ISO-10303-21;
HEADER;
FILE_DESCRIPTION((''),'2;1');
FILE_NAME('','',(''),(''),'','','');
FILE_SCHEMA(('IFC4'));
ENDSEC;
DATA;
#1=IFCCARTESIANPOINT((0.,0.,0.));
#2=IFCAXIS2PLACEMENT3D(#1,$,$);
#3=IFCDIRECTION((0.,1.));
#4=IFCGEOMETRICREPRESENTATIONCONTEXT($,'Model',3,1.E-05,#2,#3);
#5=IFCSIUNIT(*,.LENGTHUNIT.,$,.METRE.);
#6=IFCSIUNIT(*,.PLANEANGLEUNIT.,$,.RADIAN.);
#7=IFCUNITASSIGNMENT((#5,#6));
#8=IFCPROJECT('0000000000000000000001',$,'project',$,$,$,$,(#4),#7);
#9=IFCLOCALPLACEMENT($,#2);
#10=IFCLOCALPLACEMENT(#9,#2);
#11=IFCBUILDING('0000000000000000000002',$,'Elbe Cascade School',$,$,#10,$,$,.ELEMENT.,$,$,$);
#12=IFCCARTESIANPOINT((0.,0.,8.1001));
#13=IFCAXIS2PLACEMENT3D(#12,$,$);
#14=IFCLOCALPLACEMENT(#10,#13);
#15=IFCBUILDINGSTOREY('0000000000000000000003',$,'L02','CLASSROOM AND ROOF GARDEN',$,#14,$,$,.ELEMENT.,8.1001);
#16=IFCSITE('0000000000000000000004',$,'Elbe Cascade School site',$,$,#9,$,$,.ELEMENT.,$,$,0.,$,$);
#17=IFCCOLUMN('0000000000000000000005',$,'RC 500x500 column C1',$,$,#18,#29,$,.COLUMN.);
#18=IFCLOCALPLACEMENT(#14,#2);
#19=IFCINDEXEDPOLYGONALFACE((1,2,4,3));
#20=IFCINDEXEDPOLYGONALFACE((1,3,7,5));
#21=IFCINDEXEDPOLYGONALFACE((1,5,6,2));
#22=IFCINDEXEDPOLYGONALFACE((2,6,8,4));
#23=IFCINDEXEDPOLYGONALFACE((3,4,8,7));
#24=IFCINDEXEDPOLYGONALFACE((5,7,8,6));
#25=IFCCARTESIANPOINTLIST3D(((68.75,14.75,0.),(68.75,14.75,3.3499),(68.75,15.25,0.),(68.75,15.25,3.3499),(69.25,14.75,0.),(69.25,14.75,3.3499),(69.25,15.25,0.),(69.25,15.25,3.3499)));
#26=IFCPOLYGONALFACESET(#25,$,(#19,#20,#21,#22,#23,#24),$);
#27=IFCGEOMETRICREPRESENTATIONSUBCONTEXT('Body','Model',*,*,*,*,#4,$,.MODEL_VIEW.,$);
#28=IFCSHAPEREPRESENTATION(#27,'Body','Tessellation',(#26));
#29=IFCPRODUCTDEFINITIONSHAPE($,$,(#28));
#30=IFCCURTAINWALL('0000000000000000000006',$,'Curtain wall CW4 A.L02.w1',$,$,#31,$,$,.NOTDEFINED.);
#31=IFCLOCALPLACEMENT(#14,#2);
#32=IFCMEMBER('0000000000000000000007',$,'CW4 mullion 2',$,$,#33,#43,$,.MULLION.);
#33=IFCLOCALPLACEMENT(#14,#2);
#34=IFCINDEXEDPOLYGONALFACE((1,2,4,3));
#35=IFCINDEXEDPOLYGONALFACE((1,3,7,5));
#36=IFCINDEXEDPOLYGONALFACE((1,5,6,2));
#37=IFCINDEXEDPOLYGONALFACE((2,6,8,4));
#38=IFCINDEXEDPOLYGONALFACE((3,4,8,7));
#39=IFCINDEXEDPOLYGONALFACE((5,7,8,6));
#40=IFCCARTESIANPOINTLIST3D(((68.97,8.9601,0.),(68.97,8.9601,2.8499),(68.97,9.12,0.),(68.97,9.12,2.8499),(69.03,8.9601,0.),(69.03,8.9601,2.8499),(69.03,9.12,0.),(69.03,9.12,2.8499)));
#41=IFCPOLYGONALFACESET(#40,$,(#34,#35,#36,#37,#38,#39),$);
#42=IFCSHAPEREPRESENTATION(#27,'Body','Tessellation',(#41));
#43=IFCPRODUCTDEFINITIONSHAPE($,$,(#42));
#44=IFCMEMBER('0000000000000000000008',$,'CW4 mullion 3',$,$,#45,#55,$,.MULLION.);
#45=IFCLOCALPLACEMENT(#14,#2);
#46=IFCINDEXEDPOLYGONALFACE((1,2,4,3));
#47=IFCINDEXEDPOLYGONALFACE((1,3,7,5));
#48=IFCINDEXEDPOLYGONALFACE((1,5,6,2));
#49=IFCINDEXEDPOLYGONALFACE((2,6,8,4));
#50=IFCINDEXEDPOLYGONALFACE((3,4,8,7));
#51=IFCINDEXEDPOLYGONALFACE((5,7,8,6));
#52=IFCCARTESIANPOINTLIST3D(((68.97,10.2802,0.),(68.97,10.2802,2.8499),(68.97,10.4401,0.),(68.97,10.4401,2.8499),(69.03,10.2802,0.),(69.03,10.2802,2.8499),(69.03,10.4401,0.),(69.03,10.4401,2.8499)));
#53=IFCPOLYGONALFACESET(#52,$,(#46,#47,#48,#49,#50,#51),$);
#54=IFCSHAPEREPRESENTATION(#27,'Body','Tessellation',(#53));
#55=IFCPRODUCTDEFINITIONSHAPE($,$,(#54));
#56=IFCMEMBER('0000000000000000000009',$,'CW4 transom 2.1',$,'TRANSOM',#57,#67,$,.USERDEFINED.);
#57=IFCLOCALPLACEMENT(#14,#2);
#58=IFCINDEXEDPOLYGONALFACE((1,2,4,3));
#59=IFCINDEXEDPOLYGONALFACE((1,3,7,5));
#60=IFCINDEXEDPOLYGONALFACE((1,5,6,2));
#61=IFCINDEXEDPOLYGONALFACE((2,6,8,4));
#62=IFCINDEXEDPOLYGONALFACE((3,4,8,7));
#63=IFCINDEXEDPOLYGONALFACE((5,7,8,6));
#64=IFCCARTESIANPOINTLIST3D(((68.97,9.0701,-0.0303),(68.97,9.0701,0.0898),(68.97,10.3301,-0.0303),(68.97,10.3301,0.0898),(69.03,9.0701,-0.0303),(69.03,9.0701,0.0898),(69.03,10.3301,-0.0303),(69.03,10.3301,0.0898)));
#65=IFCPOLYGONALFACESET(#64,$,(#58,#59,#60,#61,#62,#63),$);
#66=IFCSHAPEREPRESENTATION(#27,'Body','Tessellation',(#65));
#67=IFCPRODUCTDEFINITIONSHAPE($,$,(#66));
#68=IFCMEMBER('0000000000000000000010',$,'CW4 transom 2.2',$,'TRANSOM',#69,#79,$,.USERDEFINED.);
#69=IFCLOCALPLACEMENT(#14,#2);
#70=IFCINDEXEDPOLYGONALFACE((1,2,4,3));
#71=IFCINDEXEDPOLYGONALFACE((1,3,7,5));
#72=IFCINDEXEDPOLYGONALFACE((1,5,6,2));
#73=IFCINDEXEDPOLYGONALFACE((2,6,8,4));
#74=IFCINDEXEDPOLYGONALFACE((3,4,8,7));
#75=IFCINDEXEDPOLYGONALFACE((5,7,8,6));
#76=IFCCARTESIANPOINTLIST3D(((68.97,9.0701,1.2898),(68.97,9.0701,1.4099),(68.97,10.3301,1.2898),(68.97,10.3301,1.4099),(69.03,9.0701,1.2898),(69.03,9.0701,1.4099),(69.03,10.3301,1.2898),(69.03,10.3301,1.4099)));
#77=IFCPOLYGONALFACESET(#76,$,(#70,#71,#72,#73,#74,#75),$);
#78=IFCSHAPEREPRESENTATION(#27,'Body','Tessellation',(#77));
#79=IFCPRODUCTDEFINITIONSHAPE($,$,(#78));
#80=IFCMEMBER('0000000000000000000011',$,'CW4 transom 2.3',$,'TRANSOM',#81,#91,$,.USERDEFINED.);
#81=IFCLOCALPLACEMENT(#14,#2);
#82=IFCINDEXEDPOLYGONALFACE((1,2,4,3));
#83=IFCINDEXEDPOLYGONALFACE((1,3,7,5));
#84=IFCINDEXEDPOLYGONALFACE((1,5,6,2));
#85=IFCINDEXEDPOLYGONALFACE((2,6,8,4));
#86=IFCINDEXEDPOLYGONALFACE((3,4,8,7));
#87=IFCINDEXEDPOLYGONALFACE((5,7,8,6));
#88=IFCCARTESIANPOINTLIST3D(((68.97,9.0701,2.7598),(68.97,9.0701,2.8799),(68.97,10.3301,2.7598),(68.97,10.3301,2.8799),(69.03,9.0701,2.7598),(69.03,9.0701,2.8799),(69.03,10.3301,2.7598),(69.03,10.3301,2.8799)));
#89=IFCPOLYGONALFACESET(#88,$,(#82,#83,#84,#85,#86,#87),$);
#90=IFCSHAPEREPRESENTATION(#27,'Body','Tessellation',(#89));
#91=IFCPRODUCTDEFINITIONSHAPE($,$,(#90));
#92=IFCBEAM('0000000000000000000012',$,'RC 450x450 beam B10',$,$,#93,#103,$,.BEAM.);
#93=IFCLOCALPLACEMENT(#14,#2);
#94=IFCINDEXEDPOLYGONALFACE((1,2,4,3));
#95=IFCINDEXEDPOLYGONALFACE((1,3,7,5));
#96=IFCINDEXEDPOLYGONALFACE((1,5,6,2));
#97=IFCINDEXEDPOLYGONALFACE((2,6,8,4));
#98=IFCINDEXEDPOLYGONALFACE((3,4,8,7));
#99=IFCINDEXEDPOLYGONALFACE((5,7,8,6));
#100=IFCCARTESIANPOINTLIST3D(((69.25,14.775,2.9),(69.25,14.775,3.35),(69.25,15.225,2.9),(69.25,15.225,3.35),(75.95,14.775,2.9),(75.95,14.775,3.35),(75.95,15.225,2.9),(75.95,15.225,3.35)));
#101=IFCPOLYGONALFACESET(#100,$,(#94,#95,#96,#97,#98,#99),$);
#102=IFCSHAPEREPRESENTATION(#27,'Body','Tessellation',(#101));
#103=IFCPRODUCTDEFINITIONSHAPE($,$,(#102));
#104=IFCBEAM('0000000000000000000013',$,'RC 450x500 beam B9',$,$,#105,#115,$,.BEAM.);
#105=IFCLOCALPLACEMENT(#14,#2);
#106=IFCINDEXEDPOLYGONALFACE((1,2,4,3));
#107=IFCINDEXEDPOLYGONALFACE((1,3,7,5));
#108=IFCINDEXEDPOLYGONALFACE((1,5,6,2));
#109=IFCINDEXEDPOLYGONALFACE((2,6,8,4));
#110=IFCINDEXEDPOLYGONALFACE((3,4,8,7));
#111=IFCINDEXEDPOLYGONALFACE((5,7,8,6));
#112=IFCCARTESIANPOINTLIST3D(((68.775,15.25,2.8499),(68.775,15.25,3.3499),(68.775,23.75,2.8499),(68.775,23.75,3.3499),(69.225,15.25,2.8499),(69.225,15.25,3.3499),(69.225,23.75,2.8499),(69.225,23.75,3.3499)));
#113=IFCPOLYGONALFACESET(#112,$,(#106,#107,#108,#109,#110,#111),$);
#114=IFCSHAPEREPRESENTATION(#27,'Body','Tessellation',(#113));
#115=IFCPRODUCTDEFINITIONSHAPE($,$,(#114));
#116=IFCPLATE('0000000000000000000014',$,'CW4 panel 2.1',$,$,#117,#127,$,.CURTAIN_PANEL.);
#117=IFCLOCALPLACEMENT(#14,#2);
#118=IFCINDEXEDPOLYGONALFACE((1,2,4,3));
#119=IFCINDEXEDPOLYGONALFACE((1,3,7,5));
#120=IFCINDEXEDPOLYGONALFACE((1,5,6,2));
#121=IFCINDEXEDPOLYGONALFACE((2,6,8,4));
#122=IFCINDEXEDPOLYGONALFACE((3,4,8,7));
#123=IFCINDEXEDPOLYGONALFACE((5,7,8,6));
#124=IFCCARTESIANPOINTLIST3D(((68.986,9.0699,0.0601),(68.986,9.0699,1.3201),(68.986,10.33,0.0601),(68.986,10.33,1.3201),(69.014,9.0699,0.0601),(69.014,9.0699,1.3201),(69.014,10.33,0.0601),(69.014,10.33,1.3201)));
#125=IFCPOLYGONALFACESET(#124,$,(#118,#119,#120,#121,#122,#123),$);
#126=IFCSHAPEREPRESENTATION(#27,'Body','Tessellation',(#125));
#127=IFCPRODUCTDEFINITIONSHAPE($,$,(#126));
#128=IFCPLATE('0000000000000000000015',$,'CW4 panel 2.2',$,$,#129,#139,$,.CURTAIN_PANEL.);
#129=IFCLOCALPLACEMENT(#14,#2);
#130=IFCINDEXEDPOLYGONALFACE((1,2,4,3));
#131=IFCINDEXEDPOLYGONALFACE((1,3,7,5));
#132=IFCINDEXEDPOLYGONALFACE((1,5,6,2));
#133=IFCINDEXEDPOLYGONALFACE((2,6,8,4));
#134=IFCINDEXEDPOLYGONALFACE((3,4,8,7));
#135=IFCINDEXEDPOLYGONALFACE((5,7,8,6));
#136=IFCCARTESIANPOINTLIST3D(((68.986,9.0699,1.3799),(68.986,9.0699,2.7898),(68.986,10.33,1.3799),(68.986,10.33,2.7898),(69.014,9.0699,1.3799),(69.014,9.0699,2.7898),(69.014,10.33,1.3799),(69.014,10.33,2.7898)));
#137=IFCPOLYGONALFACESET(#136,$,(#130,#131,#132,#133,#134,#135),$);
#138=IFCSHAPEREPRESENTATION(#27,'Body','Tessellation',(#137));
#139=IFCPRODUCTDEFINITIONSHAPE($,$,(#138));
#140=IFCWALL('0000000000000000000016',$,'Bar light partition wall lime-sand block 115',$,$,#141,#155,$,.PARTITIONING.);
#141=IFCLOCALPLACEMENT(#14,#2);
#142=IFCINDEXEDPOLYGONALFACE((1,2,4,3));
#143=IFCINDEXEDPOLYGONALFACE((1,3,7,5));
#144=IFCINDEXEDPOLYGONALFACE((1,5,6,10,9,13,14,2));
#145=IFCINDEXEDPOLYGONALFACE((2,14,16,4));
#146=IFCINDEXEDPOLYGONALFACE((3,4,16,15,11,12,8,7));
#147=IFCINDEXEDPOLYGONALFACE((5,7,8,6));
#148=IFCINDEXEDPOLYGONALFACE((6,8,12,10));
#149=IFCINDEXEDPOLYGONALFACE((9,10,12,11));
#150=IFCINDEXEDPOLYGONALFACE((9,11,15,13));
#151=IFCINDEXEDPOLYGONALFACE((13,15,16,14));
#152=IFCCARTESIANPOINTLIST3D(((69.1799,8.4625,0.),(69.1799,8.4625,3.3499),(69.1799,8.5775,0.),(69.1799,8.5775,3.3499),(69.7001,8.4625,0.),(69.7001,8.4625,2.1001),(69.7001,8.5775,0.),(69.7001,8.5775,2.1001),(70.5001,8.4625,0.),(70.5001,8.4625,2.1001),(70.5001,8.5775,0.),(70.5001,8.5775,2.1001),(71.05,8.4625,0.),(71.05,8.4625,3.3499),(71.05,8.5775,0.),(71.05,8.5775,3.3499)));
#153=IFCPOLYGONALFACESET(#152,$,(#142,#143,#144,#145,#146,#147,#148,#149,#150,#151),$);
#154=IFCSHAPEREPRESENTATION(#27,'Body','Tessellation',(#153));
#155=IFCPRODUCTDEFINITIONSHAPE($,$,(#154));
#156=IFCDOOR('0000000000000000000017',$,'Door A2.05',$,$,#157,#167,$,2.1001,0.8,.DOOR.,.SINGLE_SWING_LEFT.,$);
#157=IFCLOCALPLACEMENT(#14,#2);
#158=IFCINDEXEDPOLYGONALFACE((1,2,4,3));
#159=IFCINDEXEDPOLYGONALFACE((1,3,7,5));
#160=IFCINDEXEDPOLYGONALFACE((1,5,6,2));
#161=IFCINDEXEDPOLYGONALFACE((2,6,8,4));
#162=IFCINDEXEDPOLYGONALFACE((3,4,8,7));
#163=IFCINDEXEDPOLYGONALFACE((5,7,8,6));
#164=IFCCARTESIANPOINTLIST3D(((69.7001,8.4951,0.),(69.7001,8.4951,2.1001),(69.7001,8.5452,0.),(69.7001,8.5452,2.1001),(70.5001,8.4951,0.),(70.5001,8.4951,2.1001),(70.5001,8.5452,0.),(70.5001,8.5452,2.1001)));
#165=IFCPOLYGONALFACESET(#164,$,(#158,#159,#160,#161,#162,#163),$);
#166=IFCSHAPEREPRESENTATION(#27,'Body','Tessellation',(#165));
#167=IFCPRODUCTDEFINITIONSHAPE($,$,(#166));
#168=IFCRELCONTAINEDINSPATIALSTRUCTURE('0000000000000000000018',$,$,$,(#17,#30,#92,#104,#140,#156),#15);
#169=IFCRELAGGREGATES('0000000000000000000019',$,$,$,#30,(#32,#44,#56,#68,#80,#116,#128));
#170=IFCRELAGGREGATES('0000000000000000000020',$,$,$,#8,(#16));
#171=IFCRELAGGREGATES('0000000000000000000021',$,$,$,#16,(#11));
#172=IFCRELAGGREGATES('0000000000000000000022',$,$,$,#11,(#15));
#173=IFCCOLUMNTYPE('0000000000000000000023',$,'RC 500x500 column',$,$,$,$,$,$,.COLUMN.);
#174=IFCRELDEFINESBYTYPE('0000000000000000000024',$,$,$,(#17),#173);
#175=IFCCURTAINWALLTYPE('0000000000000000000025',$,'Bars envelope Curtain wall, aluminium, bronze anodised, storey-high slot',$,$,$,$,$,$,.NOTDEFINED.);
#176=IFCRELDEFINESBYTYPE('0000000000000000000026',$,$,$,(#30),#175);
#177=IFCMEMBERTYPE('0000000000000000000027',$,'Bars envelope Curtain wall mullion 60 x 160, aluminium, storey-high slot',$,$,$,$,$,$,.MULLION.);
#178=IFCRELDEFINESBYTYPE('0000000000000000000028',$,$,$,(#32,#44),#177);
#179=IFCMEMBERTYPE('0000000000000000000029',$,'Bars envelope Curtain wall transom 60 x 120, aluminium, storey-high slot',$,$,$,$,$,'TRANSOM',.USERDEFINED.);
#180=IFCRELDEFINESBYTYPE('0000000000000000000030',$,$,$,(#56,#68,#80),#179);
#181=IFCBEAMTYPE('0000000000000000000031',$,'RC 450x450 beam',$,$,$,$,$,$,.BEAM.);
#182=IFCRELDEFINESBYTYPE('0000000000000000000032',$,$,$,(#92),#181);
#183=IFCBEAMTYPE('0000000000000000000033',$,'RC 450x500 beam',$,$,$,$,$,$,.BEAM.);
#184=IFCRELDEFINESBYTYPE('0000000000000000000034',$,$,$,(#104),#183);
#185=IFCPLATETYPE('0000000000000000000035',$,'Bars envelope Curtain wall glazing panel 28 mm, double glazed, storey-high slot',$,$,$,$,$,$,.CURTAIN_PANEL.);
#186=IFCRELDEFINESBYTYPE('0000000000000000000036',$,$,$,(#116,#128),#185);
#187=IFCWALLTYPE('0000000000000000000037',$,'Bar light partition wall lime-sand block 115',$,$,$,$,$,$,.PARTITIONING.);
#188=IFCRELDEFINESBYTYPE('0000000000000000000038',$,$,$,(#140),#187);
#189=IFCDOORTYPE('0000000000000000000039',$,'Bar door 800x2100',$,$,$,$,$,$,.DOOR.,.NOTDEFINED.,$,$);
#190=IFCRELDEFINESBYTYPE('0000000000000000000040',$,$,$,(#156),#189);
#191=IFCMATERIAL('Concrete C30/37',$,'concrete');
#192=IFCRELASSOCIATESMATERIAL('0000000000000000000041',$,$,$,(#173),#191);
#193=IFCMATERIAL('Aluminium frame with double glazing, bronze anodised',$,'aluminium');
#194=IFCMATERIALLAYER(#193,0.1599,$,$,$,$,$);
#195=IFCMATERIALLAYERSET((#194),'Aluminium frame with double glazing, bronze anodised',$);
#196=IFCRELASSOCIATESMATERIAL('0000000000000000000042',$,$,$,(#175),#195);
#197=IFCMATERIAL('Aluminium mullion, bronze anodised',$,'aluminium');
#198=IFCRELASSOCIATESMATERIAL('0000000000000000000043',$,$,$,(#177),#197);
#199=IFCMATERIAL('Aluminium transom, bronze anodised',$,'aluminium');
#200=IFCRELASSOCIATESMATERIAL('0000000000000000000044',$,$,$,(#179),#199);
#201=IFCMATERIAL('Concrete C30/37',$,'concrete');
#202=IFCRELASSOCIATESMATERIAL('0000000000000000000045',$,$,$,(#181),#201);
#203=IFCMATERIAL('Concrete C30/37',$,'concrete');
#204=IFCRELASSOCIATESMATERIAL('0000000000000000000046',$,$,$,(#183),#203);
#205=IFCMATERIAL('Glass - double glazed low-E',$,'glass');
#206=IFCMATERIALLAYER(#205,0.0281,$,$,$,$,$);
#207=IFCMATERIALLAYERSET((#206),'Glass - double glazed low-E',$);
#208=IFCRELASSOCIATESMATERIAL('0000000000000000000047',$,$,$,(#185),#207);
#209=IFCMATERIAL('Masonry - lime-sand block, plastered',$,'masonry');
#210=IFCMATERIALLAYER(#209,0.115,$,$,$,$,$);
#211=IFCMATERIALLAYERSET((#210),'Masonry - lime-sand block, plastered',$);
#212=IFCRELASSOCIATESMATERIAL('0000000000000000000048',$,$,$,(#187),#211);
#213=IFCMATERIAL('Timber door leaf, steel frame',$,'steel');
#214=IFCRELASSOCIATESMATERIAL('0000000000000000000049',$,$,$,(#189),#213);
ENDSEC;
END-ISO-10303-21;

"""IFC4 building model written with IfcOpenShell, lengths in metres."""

from ifc_helpers import new_model, si_unit, direction, frame, frame_2d, origin, origin_2d, place, context, subcontext, project, spatial, rectangle, extrude, material, layer, layer_set, material_profile, profile_set, type_object, element, fill, aggregate, save


model = new_model("IFC4")

# Units and contexts
model_context = context("Model", 3, precision=1e-05, world=origin(), true_north=direction((0.0, 1.0)))
body_context = subcontext(model_context, "Body", "Model", "MODEL_VIEW")
ifc_project = project(units=[si_unit("LENGTHUNIT", "METRE"), si_unit("PLANEANGLEUNIT", "RADIAN")], contexts=[model_context])

# Site, building, storey
site_placement = place(None, origin())
site = spatial("IfcSite", under=ifc_project, at=site_placement, Name="Elbe Cascade School site", CompositionType="ELEMENT", RefElevation=0.0)
building_placement = place(site_placement, origin())
building = spatial("IfcBuilding", under=site, at=building_placement, Name="Elbe Cascade School", CompositionType="ELEMENT")
storey_placement = place(building_placement, frame((0.0, 0.0, 8.1001)))
storey = spatial("IfcBuildingStorey", under=building, at=storey_placement, Name="L02", Description="CLASSROOM AND ROOF GARDEN", CompositionType="ELEMENT", Elevation=8.1001)

# Column
ifc_material_1 = material(Name="Concrete C30/37", Category="concrete")
ifc_material_profile_1 = material_profile(ifc_material_1, rectangle(XDim=0.5, YDim=0.5, at=origin_2d()), Name="RC 500x500")
ifc_profile_set_1 = profile_set([ifc_material_profile_1], Name="Concrete C30/37")
column_type = type_object("IfcColumnType", Name="RC 500x500 column", PredefinedType="COLUMN", material=ifc_profile_set_1)
column_placement = place(storey_placement, frame((69.0, 15.0, 0.0), z_axis=(0.0, 0.0, 1.0), x_axis=(1.0, 0.0, 0.0)))
element("IfcColumn", 1, at=column_placement, inside=storey, type_object=column_type, Name="RC 500x500 column C1", PredefinedType="COLUMN", context=body_context, shape_type="SweptSolid", body=[
    extrude(rectangle(XDim=0.5, YDim=0.5, at=origin_2d()), origin(), (0.0, 0.0, 1.0), 3.3499),
])

# Curtain wall, members
ifc_material_2 = material(Name="Aluminium frame with double glazing, bronze anodised", Category="aluminium")
ifc_layer_1 = layer(ifc_material_2, 0.1599)
ifc_layer_set_1 = layer_set([ifc_layer_1], Name="Aluminium frame with double glazing, bronze anodised")
curtain_wall_type = type_object("IfcCurtainWallType", Name="Bars envelope Curtain wall, aluminium, bronze anodised, storey-high slot", PredefinedType="NOTDEFINED", material=ifc_layer_set_1)
curtain_wall_placement = place(storey_placement, origin())
curtain_wall = element("IfcCurtainWall", 2, at=curtain_wall_placement, inside=storey, type_object=curtain_wall_type, Name="Curtain wall CW4 A.L02.w1", PredefinedType="NOTDEFINED")
ifc_material_3 = material(Name="Aluminium mullion, bronze anodised", Category="aluminium")
ifc_material_profile_2 = material_profile(ifc_material_3, rectangle(XDim=0.0601, YDim=0.1599, at=origin_2d()), Name="Bars envelope Curtain wall mullion 60 x 160, aluminium, storey-high slot")
ifc_profile_set_2 = profile_set([ifc_material_profile_2], Name="Aluminium mullion, bronze anodised")
member_type_1 = type_object("IfcMemberType", Name="Bars envelope Curtain wall mullion 60 x 160, aluminium, storey-high slot", PredefinedType="MULLION", material=ifc_profile_set_2)
member_1_placement = place(storey_placement, frame((69.0, 9.04, 0.0), z_axis=(0.0, 0.0, 1.0), x_axis=(-1.0, 0.0, 0.0)))
member_1 = element("IfcMember", 3, at=member_1_placement, type_object=member_type_1, Name="CW4 mullion 2", PredefinedType="MULLION", context=body_context, shape_type="SweptSolid", body=[
    extrude(rectangle(XDim=0.0601, YDim=0.1599, at=origin_2d()), origin(), (0.0, 0.0, 1.0), 2.8499),
])
member_2_placement = place(storey_placement, frame((69.0, 10.3601, 0.0), z_axis=(0.0, 0.0, 1.0), x_axis=(-1.0, 0.0, 0.0)))
member_2 = element("IfcMember", 4, at=member_2_placement, type_object=member_type_1, Name="CW4 mullion 3", PredefinedType="MULLION", context=body_context, shape_type="SweptSolid", body=[
    extrude(rectangle(XDim=0.0601, YDim=0.1599, at=origin_2d()), origin(), (0.0, 0.0, 1.0), 2.8499),
])
ifc_material_4 = material(Name="Aluminium transom, bronze anodised", Category="aluminium")
ifc_material_profile_3 = material_profile(ifc_material_4, rectangle(XDim=0.0601, YDim=0.1201, at=origin_2d()), Name="Bars envelope Curtain wall transom 60 x 120, aluminium, storey-high slot")
ifc_profile_set_3 = profile_set([ifc_material_profile_3], Name="Aluminium transom, bronze anodised")
member_type_2 = type_object("IfcMemberType", Name="Bars envelope Curtain wall transom 60 x 120, aluminium, storey-high slot", ElementType="TRANSOM", PredefinedType="USERDEFINED", material=ifc_profile_set_3)
member_3_placement = place(storey_placement, frame((69.0, 9.0701, 0.0298), z_axis=(0.0, 1.0, 0.0), x_axis=(-1.0, 0.0, 0.0)))
member_3 = element("IfcMember", 5, at=member_3_placement, type_object=member_type_2, Name="CW4 transom 2.1", ObjectType="TRANSOM", PredefinedType="USERDEFINED", context=body_context, shape_type="SweptSolid", body=[
    extrude(rectangle(XDim=0.0601, YDim=0.1201, at=origin_2d()), origin(), (0.0, 0.0, 1.0), 1.26),
])
member_4_placement = place(storey_placement, frame((69.0, 9.0701, 1.3499), z_axis=(0.0, 1.0, 0.0), x_axis=(-1.0, 0.0, 0.0)))
member_4 = element("IfcMember", 6, at=member_4_placement, type_object=member_type_2, Name="CW4 transom 2.2", ObjectType="TRANSOM", PredefinedType="USERDEFINED", context=body_context, shape_type="SweptSolid", body=[
    extrude(rectangle(XDim=0.0601, YDim=0.1201, at=origin_2d()), origin(), (0.0, 0.0, 1.0), 1.26),
])
member_5_placement = place(storey_placement, frame((69.0, 9.0701, 2.8198), z_axis=(0.0, 1.0, 0.0), x_axis=(-1.0, 0.0, 0.0)))
member_5 = element("IfcMember", 7, at=member_5_placement, type_object=member_type_2, Name="CW4 transom 2.3", ObjectType="TRANSOM", PredefinedType="USERDEFINED", context=body_context, shape_type="SweptSolid", body=[
    extrude(rectangle(XDim=0.0601, YDim=0.1201, at=origin_2d()), origin(), (0.0, 0.0, 1.0), 1.26),
])

# Beams
ifc_material_5 = material(Name="Concrete C30/37", Category="concrete")
ifc_material_profile_4 = material_profile(ifc_material_5, rectangle(XDim=0.45, YDim=0.45, at=origin_2d()), Name="RC 450x450")
ifc_profile_set_4 = profile_set([ifc_material_profile_4], Name="Concrete C30/37")
beam_type_1 = type_object("IfcBeamType", Name="RC 450x450 beam", PredefinedType="BEAM", material=ifc_profile_set_4)
beam_1_placement = place(storey_placement, frame((69.25, 15.0, 3.125), z_axis=(1.0, 0.0, 0.0), x_axis=(0.0, 1.0, 0.0)))
element("IfcBeam", 8, at=beam_1_placement, inside=storey, type_object=beam_type_1, Name="RC 450x450 beam B10", PredefinedType="BEAM", context=body_context, shape_type="SweptSolid", body=[
    extrude(rectangle(XDim=0.45, YDim=0.45, at=origin_2d()), origin(), (0.0, 0.0, 1.0), 6.7),
])
ifc_material_6 = material(Name="Concrete C30/37", Category="concrete")
ifc_material_profile_5 = material_profile(ifc_material_6, rectangle(XDim=0.45, YDim=0.5, at=origin_2d()), Name="RC 450x500")
ifc_profile_set_5 = profile_set([ifc_material_profile_5], Name="Concrete C30/37")
beam_type_2 = type_object("IfcBeamType", Name="RC 450x500 beam", PredefinedType="BEAM", material=ifc_profile_set_5)
beam_2_placement = place(storey_placement, frame((69.0, 15.25, 3.0999), z_axis=(0.0, 1.0, 0.0), x_axis=(-1.0, 0.0, 0.0)))
element("IfcBeam", 9, at=beam_2_placement, inside=storey, type_object=beam_type_2, Name="RC 450x500 beam B9", PredefinedType="BEAM", context=body_context, shape_type="SweptSolid", body=[
    extrude(rectangle(XDim=0.45, YDim=0.5, at=origin_2d()), origin(), (0.0, 0.0, 1.0), 8.5),
])

# Plates
ifc_material_7 = material(Name="Glass - double glazed low-E", Category="glass")
ifc_layer_2 = layer(ifc_material_7, 0.0281)
ifc_layer_set_2 = layer_set([ifc_layer_2], Name="Glass - double glazed low-E")
plate_type = type_object("IfcPlateType", Name="Bars envelope Curtain wall glazing panel 28 mm, double glazed, storey-high slot", PredefinedType="CURTAIN_PANEL", material=ifc_layer_set_2)
plate_1_placement = place(storey_placement, frame((69.0, 9.7, 0.0601), z_axis=(0.0, 0.0, 1.0), x_axis=(0.0, 1.0, 0.0)))
plate_1 = element("IfcPlate", 10, at=plate_1_placement, type_object=plate_type, Name="CW4 panel 2.1", PredefinedType="CURTAIN_PANEL", context=body_context, shape_type="SweptSolid", body=[
    extrude(rectangle(XDim=1.26, YDim=0.0281, at=origin_2d()), origin(), (0.0, 0.0, 1.0), 1.26),
])
plate_2_placement = place(storey_placement, frame((69.0, 9.7, 1.3799), z_axis=(0.0, 0.0, 1.0), x_axis=(0.0, 1.0, 0.0)))
plate_2 = element("IfcPlate", 11, at=plate_2_placement, type_object=plate_type, Name="CW4 panel 2.2", PredefinedType="CURTAIN_PANEL", context=body_context, shape_type="SweptSolid", body=[
    extrude(rectangle(XDim=1.26, YDim=0.0281, at=origin_2d()), origin(), (0.0, 0.0, 1.0), 1.4099),
])
aggregate(curtain_wall, [member_1, member_2, member_3, member_4, member_5, plate_1, plate_2])

# Wall, opening, door
ifc_material_8 = material(Name="Masonry - lime-sand block, plastered", Category="masonry")
ifc_layer_3 = layer(ifc_material_8, 0.115)
ifc_layer_set_3 = layer_set([ifc_layer_3], Name="Masonry - lime-sand block, plastered")
wall_type_1 = type_object("IfcWallType", Name="Bar light partition wall lime-sand block 115", PredefinedType="PARTITIONING", material=ifc_layer_set_3)
wall_1_placement = place(storey_placement, frame((71.05, 8.52, 0.0), z_axis=(0.0, 0.0, 1.0), x_axis=(-1.0, 0.0, 0.0)))
wall_1 = element("IfcWall", 12, at=wall_1_placement, inside=storey, type_object=wall_type_1, Name="Bar light partition wall lime-sand block 115", PredefinedType="PARTITIONING", context=body_context, shape_type="SweptSolid", body=[
    extrude(rectangle(XDim=1.8701, YDim=0.115, at=frame_2d((0.9351, 0.0))), origin(), (0.0, 0.0, 1.0), 3.3499),
])
opening_1_placement = place(wall_1_placement, frame((0.55, 0.0, 0.0)))
opening_1 = element("IfcOpeningElement", 13, at=opening_1_placement, cuts=wall_1, PredefinedType="OPENING", context=body_context, shape_type="SweptSolid", body=[
    extrude(rectangle(XDim=0.8, YDim=2.1001, at=frame_2d((0.3999, 1.05))), frame((0.0, 0.0674, 0.0), z_axis=(0.0, -1.0, 0.0), x_axis=(1.0, 0.0, 0.0)), (0.0, 0.0, 1.0), 0.135),
])
ifc_material_9 = material(Name="Timber door leaf, steel frame", Category="steel")
door_type_1 = type_object("IfcDoorType", Name="Bar door 800x2100", OperationType="NOTDEFINED", PredefinedType="DOOR", material=ifc_material_9)
door_1_placement = place(opening_1_placement, origin())
door_1 = element("IfcDoor", 14, at=door_1_placement, inside=storey, type_object=door_type_1, Name="Door A2.05", OperationType="SINGLE_SWING_LEFT", OverallHeight=2.1001, OverallWidth=0.8, PredefinedType="DOOR", context=body_context, shape_type="SweptSolid", body=[
    extrude(rectangle(XDim=0.8, YDim=2.1001, at=frame_2d((0.3999, 1.05))), frame((0.0, 0.0249, 0.0), z_axis=(0.0, -1.0, 0.0), x_axis=(1.0, 0.0, 0.0)), (0.0, 0.0, 1.0), 0.05),
])
fill(opening_1, door_1)

save(model, "model.ifc")
